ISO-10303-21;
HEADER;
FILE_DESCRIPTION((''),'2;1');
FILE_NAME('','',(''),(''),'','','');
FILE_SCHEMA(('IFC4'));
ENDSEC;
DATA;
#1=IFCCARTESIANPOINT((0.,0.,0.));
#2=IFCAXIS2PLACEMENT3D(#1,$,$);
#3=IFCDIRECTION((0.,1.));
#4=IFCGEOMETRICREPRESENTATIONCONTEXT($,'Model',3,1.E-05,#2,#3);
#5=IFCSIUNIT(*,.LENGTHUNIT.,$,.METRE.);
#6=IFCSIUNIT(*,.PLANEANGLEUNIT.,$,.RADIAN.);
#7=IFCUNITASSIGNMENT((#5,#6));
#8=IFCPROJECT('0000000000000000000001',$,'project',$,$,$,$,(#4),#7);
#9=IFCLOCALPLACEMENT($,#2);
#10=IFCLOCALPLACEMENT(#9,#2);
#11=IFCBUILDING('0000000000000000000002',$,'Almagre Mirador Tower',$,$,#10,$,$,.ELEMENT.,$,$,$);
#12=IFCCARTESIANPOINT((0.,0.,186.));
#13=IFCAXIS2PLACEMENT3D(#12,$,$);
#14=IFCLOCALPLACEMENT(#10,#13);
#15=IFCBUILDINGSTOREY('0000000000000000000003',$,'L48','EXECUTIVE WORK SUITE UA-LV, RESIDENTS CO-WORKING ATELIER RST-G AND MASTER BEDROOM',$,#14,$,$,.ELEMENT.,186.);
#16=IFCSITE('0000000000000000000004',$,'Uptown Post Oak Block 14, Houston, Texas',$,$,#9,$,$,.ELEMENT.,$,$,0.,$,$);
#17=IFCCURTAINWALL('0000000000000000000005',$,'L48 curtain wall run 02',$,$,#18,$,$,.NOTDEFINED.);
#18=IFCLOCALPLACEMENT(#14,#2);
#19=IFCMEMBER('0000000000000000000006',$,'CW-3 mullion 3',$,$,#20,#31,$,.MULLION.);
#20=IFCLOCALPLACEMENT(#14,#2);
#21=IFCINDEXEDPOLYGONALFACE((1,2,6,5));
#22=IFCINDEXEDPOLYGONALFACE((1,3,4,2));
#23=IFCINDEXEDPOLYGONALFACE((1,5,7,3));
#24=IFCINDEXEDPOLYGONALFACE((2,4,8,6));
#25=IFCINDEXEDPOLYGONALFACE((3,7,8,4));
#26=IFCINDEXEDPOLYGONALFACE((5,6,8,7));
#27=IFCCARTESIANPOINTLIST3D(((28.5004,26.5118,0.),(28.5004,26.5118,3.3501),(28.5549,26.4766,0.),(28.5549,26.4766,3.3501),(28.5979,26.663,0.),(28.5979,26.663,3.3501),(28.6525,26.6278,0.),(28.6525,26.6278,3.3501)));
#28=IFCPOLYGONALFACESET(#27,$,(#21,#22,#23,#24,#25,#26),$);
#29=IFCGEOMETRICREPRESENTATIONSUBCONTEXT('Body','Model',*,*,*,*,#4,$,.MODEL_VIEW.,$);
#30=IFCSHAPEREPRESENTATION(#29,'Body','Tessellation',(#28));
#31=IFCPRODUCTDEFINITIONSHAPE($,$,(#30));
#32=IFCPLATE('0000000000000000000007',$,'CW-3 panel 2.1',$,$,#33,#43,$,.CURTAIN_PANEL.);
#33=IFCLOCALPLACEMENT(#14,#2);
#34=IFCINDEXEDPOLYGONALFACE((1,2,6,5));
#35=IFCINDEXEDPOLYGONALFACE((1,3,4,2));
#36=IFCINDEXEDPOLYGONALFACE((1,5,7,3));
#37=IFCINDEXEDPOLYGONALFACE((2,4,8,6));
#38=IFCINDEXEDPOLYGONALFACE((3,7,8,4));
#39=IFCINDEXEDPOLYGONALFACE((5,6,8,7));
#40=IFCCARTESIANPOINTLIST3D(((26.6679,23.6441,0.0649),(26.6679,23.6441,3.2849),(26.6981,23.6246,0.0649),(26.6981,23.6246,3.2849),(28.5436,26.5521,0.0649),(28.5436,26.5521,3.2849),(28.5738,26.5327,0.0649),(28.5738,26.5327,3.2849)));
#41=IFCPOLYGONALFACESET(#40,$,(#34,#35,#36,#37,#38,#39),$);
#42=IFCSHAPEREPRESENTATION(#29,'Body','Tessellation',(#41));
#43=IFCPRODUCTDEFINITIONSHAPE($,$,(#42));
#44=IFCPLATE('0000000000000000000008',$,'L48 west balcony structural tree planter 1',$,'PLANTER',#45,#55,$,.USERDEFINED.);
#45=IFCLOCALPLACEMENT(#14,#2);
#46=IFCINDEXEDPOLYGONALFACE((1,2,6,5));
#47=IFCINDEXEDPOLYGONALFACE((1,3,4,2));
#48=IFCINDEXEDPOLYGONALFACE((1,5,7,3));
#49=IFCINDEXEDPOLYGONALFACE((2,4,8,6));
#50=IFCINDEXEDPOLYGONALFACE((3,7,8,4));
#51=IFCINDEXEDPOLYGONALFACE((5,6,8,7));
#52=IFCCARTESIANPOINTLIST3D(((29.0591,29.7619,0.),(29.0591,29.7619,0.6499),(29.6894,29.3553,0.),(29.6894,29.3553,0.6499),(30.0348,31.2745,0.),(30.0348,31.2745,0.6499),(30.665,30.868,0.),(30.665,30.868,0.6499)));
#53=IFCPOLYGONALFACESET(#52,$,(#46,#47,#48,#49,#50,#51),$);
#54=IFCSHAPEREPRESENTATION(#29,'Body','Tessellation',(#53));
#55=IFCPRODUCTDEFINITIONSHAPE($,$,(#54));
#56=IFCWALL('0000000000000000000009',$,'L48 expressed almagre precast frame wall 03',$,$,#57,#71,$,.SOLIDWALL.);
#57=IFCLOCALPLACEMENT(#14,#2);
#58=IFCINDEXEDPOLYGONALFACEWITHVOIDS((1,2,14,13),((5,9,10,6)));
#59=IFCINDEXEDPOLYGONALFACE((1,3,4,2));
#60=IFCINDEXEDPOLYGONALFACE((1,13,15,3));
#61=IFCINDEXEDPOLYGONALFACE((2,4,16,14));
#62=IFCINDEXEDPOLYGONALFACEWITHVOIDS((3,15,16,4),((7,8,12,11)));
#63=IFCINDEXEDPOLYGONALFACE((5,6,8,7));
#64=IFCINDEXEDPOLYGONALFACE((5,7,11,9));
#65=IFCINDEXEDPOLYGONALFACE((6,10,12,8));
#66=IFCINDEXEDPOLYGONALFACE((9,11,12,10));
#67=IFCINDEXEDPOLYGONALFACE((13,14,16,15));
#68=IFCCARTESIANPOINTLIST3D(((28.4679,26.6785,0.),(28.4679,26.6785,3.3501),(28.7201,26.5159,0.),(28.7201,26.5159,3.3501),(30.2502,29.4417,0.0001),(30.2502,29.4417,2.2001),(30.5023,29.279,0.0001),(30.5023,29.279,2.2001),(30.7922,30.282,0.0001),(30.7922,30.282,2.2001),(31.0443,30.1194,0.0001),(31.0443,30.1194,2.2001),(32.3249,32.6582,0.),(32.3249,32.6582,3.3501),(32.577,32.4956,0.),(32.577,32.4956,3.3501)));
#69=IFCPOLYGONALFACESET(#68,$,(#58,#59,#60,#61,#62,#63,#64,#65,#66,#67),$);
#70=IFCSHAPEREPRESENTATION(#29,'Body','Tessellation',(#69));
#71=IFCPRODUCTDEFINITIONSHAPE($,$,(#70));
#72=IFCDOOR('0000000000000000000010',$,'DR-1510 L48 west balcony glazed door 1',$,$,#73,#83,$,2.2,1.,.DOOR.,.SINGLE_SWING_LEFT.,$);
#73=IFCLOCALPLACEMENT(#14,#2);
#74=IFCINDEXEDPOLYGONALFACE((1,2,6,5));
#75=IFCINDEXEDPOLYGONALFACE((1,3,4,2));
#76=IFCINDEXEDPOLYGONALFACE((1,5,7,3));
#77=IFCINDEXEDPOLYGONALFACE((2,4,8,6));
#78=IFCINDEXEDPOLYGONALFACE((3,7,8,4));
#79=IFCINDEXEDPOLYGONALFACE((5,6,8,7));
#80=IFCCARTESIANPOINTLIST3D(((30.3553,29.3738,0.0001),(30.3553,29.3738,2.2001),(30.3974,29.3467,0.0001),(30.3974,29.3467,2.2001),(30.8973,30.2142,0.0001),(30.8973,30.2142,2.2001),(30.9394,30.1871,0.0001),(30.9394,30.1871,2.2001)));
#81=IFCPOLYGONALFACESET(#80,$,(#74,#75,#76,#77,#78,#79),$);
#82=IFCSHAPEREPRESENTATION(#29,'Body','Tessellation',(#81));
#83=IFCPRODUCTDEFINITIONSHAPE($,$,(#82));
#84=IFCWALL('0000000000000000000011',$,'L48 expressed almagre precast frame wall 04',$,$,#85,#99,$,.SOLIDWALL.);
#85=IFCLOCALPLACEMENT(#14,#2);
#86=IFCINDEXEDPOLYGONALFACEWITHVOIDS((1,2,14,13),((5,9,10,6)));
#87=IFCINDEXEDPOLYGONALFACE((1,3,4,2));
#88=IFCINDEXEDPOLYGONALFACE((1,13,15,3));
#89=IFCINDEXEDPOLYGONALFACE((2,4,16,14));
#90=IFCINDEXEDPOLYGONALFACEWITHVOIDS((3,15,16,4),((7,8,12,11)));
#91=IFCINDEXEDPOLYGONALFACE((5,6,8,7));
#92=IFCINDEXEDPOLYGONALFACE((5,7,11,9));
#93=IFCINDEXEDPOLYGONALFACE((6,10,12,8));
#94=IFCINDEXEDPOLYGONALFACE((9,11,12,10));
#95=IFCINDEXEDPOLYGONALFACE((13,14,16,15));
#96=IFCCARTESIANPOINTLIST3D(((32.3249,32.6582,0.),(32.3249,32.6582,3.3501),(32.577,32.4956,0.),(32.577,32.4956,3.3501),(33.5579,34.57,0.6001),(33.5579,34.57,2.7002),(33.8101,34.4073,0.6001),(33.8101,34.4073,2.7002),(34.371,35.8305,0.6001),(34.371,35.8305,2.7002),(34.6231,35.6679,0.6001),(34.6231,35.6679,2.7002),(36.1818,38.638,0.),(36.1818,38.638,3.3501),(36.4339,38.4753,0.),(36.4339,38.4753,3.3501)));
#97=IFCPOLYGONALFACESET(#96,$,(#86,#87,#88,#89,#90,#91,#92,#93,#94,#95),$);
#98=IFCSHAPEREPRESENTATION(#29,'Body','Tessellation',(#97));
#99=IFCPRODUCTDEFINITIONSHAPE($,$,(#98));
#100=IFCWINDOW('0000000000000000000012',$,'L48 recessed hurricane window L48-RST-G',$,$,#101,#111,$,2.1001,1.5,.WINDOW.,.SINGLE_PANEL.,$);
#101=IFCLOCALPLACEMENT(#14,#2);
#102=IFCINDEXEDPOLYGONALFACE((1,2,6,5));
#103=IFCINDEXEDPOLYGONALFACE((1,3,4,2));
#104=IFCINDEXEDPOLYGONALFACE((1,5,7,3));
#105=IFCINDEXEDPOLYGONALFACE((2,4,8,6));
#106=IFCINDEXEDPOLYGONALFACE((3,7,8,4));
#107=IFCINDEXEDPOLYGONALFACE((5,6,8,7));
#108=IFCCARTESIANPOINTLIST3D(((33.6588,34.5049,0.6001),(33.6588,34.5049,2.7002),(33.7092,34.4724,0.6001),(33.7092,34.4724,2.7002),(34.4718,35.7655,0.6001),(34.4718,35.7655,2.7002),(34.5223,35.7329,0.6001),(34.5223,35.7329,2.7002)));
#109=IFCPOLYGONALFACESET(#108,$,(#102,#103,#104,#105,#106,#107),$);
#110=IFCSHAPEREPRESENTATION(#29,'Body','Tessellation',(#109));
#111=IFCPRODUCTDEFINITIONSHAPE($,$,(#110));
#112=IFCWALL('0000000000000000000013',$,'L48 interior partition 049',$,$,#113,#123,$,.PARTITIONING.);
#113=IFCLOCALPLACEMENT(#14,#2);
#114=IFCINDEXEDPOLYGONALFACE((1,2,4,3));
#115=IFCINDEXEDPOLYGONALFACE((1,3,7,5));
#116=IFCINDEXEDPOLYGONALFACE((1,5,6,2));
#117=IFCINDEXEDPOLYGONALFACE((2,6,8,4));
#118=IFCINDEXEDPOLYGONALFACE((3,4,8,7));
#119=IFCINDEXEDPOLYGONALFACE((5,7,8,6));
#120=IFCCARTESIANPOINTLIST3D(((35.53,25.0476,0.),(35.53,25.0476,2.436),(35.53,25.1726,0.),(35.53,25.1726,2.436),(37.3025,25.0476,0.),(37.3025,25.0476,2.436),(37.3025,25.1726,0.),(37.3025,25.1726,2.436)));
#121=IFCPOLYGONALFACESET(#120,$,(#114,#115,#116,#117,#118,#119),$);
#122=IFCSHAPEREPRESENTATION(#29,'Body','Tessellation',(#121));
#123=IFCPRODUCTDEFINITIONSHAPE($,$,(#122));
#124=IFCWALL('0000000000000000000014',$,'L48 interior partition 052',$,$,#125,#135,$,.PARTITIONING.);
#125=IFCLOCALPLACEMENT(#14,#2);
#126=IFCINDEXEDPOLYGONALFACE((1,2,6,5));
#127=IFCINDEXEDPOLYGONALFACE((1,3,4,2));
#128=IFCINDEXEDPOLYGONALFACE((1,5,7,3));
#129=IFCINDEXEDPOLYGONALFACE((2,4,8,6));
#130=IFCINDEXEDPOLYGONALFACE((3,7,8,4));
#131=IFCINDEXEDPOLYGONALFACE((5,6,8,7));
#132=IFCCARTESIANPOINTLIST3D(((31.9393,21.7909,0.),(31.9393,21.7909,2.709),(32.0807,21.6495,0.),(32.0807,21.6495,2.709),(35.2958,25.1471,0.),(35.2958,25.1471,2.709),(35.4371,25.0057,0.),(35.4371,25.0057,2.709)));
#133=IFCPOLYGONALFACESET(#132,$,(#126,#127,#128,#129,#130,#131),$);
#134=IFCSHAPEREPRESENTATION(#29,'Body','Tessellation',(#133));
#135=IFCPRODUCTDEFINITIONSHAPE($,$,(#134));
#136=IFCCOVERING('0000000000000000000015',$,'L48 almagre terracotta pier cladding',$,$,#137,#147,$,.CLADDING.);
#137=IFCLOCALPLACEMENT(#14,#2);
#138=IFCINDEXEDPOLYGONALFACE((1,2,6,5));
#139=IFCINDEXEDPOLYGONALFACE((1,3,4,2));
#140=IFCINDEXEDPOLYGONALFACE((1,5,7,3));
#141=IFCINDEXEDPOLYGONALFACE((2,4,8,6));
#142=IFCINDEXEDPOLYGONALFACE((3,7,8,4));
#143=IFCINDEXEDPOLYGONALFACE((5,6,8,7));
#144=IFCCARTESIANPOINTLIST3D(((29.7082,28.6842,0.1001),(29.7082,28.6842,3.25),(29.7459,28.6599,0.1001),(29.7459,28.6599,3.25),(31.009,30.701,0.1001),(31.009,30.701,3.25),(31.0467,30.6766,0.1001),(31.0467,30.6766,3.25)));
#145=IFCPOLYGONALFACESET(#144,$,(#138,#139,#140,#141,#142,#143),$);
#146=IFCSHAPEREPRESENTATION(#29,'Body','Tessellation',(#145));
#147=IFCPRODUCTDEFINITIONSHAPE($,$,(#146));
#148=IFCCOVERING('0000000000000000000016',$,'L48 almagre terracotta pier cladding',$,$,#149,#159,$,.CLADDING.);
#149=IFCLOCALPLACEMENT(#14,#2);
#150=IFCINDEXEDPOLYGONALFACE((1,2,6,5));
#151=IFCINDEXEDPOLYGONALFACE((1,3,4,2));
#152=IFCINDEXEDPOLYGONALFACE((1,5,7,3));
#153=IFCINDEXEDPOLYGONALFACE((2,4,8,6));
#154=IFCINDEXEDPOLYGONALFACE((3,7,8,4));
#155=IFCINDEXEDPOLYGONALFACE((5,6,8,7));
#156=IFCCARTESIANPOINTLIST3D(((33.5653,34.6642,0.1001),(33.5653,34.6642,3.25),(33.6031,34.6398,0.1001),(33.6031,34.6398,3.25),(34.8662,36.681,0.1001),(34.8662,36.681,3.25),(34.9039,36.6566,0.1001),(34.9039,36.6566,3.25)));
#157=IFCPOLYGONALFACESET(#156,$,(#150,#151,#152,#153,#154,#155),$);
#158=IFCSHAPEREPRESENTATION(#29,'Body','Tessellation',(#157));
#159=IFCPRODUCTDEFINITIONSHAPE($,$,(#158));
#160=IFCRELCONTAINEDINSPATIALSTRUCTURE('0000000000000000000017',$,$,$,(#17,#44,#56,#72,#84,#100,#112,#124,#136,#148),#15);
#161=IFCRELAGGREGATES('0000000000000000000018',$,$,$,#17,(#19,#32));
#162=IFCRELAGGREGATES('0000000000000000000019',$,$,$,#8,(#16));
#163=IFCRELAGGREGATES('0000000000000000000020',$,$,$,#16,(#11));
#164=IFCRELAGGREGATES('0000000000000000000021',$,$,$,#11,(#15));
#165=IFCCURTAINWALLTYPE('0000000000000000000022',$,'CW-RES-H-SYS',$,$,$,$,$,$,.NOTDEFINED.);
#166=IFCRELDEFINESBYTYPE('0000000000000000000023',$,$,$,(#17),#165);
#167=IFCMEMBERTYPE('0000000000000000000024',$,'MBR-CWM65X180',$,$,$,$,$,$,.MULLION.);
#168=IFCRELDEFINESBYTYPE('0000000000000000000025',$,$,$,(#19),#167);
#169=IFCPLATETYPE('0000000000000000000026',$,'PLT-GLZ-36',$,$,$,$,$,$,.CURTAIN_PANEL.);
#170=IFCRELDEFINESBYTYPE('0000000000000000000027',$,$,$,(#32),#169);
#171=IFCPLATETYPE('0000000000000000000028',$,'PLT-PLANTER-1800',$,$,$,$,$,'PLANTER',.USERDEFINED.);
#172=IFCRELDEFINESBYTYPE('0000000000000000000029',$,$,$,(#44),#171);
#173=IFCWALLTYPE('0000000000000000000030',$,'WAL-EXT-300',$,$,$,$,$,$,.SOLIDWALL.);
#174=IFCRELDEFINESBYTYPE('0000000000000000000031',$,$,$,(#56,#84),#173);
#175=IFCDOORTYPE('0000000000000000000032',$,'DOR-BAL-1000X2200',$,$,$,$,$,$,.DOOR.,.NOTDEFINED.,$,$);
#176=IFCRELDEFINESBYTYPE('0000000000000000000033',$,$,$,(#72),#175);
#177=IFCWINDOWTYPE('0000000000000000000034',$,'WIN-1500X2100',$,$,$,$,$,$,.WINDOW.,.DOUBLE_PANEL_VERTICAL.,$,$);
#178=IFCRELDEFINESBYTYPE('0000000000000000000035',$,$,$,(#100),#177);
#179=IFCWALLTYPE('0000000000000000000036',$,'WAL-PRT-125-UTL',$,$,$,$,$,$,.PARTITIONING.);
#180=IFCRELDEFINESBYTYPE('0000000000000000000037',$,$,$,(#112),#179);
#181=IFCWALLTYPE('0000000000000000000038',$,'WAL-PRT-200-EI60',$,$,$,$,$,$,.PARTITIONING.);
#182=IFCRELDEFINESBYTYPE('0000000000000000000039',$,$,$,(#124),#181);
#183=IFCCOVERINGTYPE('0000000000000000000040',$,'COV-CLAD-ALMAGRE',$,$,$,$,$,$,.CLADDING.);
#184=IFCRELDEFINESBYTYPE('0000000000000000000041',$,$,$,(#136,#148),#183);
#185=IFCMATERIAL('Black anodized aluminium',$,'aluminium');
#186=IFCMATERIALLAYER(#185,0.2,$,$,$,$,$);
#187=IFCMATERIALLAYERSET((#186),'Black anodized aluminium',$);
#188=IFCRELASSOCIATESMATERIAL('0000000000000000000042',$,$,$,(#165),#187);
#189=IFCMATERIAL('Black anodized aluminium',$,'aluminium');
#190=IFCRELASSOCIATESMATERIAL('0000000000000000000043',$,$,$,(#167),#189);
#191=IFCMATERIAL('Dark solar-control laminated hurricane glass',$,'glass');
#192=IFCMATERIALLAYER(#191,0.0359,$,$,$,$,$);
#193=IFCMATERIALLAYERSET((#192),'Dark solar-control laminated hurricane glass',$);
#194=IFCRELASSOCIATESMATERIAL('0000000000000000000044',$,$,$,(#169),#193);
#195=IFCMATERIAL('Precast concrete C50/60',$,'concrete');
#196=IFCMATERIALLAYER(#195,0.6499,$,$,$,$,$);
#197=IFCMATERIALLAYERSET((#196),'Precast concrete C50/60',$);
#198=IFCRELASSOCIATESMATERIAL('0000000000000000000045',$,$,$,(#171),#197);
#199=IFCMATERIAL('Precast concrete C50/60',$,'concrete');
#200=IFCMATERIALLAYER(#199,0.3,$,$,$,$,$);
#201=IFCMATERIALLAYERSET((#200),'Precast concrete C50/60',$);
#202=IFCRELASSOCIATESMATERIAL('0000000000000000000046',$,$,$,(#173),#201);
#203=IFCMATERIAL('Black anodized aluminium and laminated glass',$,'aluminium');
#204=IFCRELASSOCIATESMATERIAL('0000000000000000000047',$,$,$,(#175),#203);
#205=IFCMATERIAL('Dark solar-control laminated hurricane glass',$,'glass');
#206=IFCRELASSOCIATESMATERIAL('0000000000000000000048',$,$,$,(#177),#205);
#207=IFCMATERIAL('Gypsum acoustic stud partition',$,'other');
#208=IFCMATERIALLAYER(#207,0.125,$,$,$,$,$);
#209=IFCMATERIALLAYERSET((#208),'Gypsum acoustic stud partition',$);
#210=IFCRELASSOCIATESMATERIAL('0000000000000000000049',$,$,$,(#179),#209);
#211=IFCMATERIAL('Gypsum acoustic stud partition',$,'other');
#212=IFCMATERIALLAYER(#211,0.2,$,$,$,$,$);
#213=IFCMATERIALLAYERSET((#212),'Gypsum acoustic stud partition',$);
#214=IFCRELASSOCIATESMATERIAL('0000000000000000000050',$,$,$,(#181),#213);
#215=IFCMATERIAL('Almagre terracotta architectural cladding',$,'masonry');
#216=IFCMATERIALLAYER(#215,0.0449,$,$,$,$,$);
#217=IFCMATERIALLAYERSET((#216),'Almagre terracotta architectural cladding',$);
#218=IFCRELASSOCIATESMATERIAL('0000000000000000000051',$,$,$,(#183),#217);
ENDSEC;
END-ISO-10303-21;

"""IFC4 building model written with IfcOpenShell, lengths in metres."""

from ifc_helpers import new_model, si_unit, direction, frame, frame_2d, origin, origin_2d, place, context, subcontext, project, spatial, rectangle, extrude, material, layer, layer_set, material_profile, profile_set, type_object, element, fill, aggregate, save


model = new_model("IFC4")

# Units and contexts
model_context = context("Model", 3, precision=1e-05, world=origin(), true_north=direction((0.0, 1.0)))
body_context = subcontext(model_context, "Body", "Model", "MODEL_VIEW")
ifc_project = project(units=[si_unit("LENGTHUNIT", "METRE"), si_unit("PLANEANGLEUNIT", "RADIAN")], contexts=[model_context])

# Site, building, storey
site_placement = place(None, origin())
site = spatial("IfcSite", under=ifc_project, at=site_placement, Name="Uptown Post Oak Block 14, Houston, Texas", CompositionType="ELEMENT", RefElevation=0.0)
building_placement = place(site_placement, origin())
building = spatial("IfcBuilding", under=site, at=building_placement, Name="Almagre Mirador Tower", CompositionType="ELEMENT")
storey_placement = place(building_placement, frame((0.0, 0.0, 186.0)))
storey = spatial("IfcBuildingStorey", under=building, at=storey_placement, Name="L48", Description="EXECUTIVE WORK SUITE UA-LV, RESIDENTS CO-WORKING ATELIER RST-G AND MASTER BEDROOM", CompositionType="ELEMENT", Elevation=186.0)

# Curtain wall, member, plate
ifc_material_1 = material(Name="Black anodized aluminium", Category="aluminium")
ifc_layer_1 = layer(ifc_material_1, 0.2)
ifc_layer_set_1 = layer_set([ifc_layer_1], Name="Black anodized aluminium")
curtain_wall_type = type_object("IfcCurtainWallType", Name="CW-RES-H-SYS", PredefinedType="NOTDEFINED", material=ifc_layer_set_1)
curtain_wall_placement = place(storey_placement, origin())
curtain_wall = element("IfcCurtainWall", 1, at=curtain_wall_placement, inside=storey, type_object=curtain_wall_type, Name="L48 curtain wall run 02", PredefinedType="NOTDEFINED")
ifc_material_2 = material(Name="Black anodized aluminium", Category="aluminium")
ifc_material_profile_1 = material_profile(ifc_material_2, rectangle(XDim=0.0649, YDim=0.1799, at=origin_2d()), Name="CWM65X180")
ifc_profile_set_1 = profile_set([ifc_material_profile_1], Name="Black anodized aluminium")
member_type = type_object("IfcMemberType", Name="MBR-CWM65X180", PredefinedType="MULLION", material=ifc_profile_set_1)
member_placement = place(storey_placement, frame((28.5764, 26.5698, 0.0), z_axis=(0.0, 0.0, 1.0), x_axis=(-0.840363, 0.542024, 0.0)))
member = element("IfcMember", 2, at=member_placement, type_object=member_type, Name="CW-3 mullion 3", PredefinedType="MULLION", context=body_context, shape_type="SweptSolid", body=[
    extrude(rectangle(XDim=0.0649, YDim=0.1799, at=origin_2d()), origin(), (0.0, 0.0, 1.0), 3.3501),
])
ifc_material_3 = material(Name="Dark solar-control laminated hurricane glass", Category="glass")
ifc_layer_2 = layer(ifc_material_3, 0.0359)
ifc_layer_set_2 = layer_set([ifc_layer_2], Name="Dark solar-control laminated hurricane glass")
plate_type_1 = type_object("IfcPlateType", Name="PLT-GLZ-36", PredefinedType="CURTAIN_PANEL", material=ifc_layer_set_2)
plate_1_placement = place(storey_placement, frame((27.6208, 25.0884, 0.0649), z_axis=(0.0, 0.0, 1.0), x_axis=(0.542024, 0.840363, 0.0)))
plate_1 = element("IfcPlate", 3, at=plate_1_placement, type_object=plate_type_1, Name="CW-3 panel 2.1", PredefinedType="CURTAIN_PANEL", context=body_context, shape_type="SweptSolid", body=[
    extrude(rectangle(XDim=3.4604, YDim=0.0359, at=origin_2d()), origin(), (0.0, 0.0, 1.0), 3.22),
])
aggregate(curtain_wall, [member, plate_1])

# Plate
ifc_material_4 = material(Name="Precast concrete C50/60", Category="concrete")
ifc_layer_3 = layer(ifc_material_4, 0.6499)
ifc_layer_set_3 = layer_set([ifc_layer_3], Name="Precast concrete C50/60")
plate_type_2 = type_object("IfcPlateType", Name="PLT-PLANTER-1800", ElementType="PLANTER", PredefinedType="USERDEFINED", material=ifc_layer_set_3)
plate_2_placement = place(storey_placement, frame((29.8621, 30.3149, 0.0), z_axis=(0.0, 0.0, 1.0), x_axis=(-0.542031, -0.840359, 0.0)))
element("IfcPlate", 4, at=plate_2_placement, inside=storey, type_object=plate_type_2, Name="L48 west balcony structural tree planter 1", ObjectType="PLANTER", PredefinedType="USERDEFINED", context=body_context, shape_type="SweptSolid", body=[
    extrude(rectangle(XDim=1.8, YDim=0.75, at=origin_2d()), origin(), (0.0, 0.0, 1.0), 0.6499),
])

# Wall, opening, door
ifc_material_5 = material(Name="Precast concrete C50/60", Category="concrete")
ifc_layer_4 = layer(ifc_material_5, 0.3)
ifc_layer_set_4 = layer_set([ifc_layer_4], Name="Precast concrete C50/60")
wall_type_1 = type_object("IfcWallType", Name="WAL-EXT-300", PredefinedType="SOLIDWALL", material=ifc_layer_set_4)
wall_1_placement = place(storey_placement, frame((28.594, 26.5972, 0.0), z_axis=(0.0, 0.0, 1.0), x_axis=(0.542032, 0.840358, 0.0)))
wall_1 = element("IfcWall", 5, at=wall_1_placement, inside=storey, type_object=wall_type_1, Name="L48 expressed almagre precast frame wall 03", PredefinedType="SOLIDWALL", context=body_context, shape_type="SweptSolid", body=[
    extrude(rectangle(XDim=7.1157, YDim=0.3, at=frame_2d((3.5579, 0.0))), origin(), (0.0, 0.0, 1.0), 3.3501),
])
opening_1_placement = place(wall_1_placement, frame((3.2881, 0.0, 0.0)))
opening_1 = element("IfcOpeningElement", 6, at=opening_1_placement, cuts=wall_1, PredefinedType="OPENING", context=body_context, shape_type="SweptSolid", body=[
    extrude(rectangle(XDim=1.0, YDim=2.2, at=frame_2d((0.5, 1.1001))), frame((0.0, 0.1599, 0.0), z_axis=(0.0, -1.0, 0.0), x_axis=(1.0, 0.0, 0.0)), (0.0, 0.0, 1.0), 0.32),
])
ifc_material_6 = material(Name="Black anodized aluminium and laminated glass", Category="aluminium")
door_type = type_object("IfcDoorType", Name="DOR-BAL-1000X2200", OperationType="NOTDEFINED", PredefinedType="DOOR", material=ifc_material_6)
door_placement = place(opening_1_placement, origin())
door = element("IfcDoor", 7, at=door_placement, inside=storey, type_object=door_type, Name="DR-1510 L48 west balcony glazed door 1", OperationType="SINGLE_SWING_LEFT", OverallHeight=2.2, OverallWidth=1.0, PredefinedType="DOOR", context=body_context, shape_type="SweptSolid", body=[
    extrude(rectangle(XDim=1.0, YDim=2.2, at=frame_2d((0.5, 1.1001))), frame((0.0, 0.0249, 0.0), z_axis=(0.0, -1.0, 0.0), x_axis=(1.0, 0.0, 0.0)), (0.0, 0.0, 1.0), 0.05),
])
fill(opening_1, door)

# Wall, opening, window
wall_2_placement = place(storey_placement, frame((32.4509, 32.5769, 0.0), z_axis=(0.0, 0.0, 1.0), x_axis=(0.542032, 0.840358, 0.0)))
wall_2 = element("IfcWall", 8, at=wall_2_placement, inside=storey, type_object=wall_type_1, Name="L48 expressed almagre precast frame wall 04", PredefinedType="SOLIDWALL", context=body_context, shape_type="SweptSolid", body=[
    extrude(rectangle(XDim=7.1157, YDim=0.3, at=frame_2d((3.5579, 0.0))), origin(), (0.0, 0.0, 1.0), 3.3501),
])
opening_2_placement = place(wall_2_placement, frame((2.2749, 0.0, 0.6001)))
opening_2 = element("IfcOpeningElement", 9, at=opening_2_placement, cuts=wall_2, PredefinedType="OPENING", context=body_context, shape_type="SweptSolid", body=[
    extrude(rectangle(XDim=1.5, YDim=2.1001, at=frame_2d((0.75, 1.05))), frame((0.0, 0.1599, 0.0), z_axis=(0.0, -1.0, 0.0), x_axis=(1.0, 0.0, 0.0)), (0.0, 0.0, 1.0), 0.32),
])
ifc_material_7 = material(Name="Dark solar-control laminated hurricane glass", Category="glass")
window_type = type_object("IfcWindowType", Name="WIN-1500X2100", PartitioningType="DOUBLE_PANEL_VERTICAL", PredefinedType="WINDOW", material=ifc_material_7)
window_placement = place(opening_2_placement, origin())
window = element("IfcWindow", 10, at=window_placement, inside=storey, type_object=window_type, Name="L48 recessed hurricane window L48-RST-G", OverallHeight=2.1001, OverallWidth=1.5, PartitioningType="SINGLE_PANEL", PredefinedType="WINDOW", context=body_context, shape_type="SweptSolid", body=[
    extrude(rectangle(XDim=1.5, YDim=2.1001, at=frame_2d((0.75, 1.05))), frame((0.0, 0.03, 0.0), z_axis=(0.0, -1.0, 0.0), x_axis=(1.0, 0.0, 0.0)), (0.0, 0.0, 1.0), 0.0601),
])
fill(opening_2, window)

# Walls
ifc_material_8 = material(Name="Gypsum acoustic stud partition", Category="other")
ifc_layer_5 = layer(ifc_material_8, 0.125)
ifc_layer_set_5 = layer_set([ifc_layer_5], Name="Gypsum acoustic stud partition")
wall_type_2 = type_object("IfcWallType", Name="WAL-PRT-125-UTL", PredefinedType="PARTITIONING", material=ifc_layer_set_5)
wall_3_placement = place(storey_placement, frame((35.53, 25.1101, 0.0), z_axis=(0.0, 0.0, 1.0), x_axis=(1.0, 0.0, 0.0)))
element("IfcWall", 11, at=wall_3_placement, inside=storey, type_object=wall_type_2, Name="L48 interior partition 049", PredefinedType="PARTITIONING", context=body_context, shape_type="SweptSolid", body=[
    extrude(rectangle(XDim=1.7725, YDim=0.125, at=frame_2d((0.8862, 0.0))), origin(), (0.0, 0.0, 1.0), 2.436),
])
ifc_material_9 = material(Name="Gypsum acoustic stud partition", Category="other")
ifc_layer_6 = layer(ifc_material_9, 0.2)
ifc_layer_set_6 = layer_set([ifc_layer_6], Name="Gypsum acoustic stud partition")
wall_type_3 = type_object("IfcWallType", Name="WAL-PRT-200-EI60", PredefinedType="PARTITIONING", material=ifc_layer_set_6)
wall_4_placement = place(storey_placement, frame((35.3665, 25.0764, 0.0), z_axis=(0.0, 0.0, 1.0), x_axis=(-0.707132, -0.707081, 0.0)))
element("IfcWall", 12, at=wall_4_placement, inside=storey, type_object=wall_type_3, Name="L48 interior partition 052", PredefinedType="PARTITIONING", context=body_context, shape_type="SweptSolid", body=[
    extrude(rectangle(XDim=4.7466, YDim=0.2, at=frame_2d((2.3733, 0.0))), origin(), (0.0, 0.0, 1.0), 2.709),
])

# Coverings
ifc_material_10 = material(Name="Almagre terracotta architectural cladding", Category="masonry")
ifc_layer_7 = layer(ifc_material_10, 0.0449)
ifc_layer_set_7 = layer_set([ifc_layer_7], Name="Almagre terracotta architectural cladding")
covering_type = type_object("IfcCoveringType", Name="COV-CLAD-ALMAGRE", PredefinedType="CLADDING", material=ifc_layer_set_7)
for number, where, z_axis, x_axis, name in (
    (13, (30.3774, 29.6804, 0.1001), (0.0, 0.0, 1.0), (0.542031, 0.840359, 0.0), "L48 almagre terracotta pier cladding"),
    (14, (34.2346, 35.6604, 0.1001), (0.0, 0.0, 1.0), (0.542031, 0.840359, 0.0), "L48 almagre terracotta pier cladding"),
):
    element("IfcCovering", number, at=place(storey_placement, frame(where, z_axis=z_axis, x_axis=x_axis)), inside=storey, type_object=covering_type, Name=name, PredefinedType="CLADDING", context=body_context, shape_type="SweptSolid", body=[
        extrude(rectangle(XDim=2.3999, YDim=0.0449, at=origin_2d()), origin(), (0.0, 0.0, 1.0), 3.1499),
    ])

save(model, "model.ifc")
